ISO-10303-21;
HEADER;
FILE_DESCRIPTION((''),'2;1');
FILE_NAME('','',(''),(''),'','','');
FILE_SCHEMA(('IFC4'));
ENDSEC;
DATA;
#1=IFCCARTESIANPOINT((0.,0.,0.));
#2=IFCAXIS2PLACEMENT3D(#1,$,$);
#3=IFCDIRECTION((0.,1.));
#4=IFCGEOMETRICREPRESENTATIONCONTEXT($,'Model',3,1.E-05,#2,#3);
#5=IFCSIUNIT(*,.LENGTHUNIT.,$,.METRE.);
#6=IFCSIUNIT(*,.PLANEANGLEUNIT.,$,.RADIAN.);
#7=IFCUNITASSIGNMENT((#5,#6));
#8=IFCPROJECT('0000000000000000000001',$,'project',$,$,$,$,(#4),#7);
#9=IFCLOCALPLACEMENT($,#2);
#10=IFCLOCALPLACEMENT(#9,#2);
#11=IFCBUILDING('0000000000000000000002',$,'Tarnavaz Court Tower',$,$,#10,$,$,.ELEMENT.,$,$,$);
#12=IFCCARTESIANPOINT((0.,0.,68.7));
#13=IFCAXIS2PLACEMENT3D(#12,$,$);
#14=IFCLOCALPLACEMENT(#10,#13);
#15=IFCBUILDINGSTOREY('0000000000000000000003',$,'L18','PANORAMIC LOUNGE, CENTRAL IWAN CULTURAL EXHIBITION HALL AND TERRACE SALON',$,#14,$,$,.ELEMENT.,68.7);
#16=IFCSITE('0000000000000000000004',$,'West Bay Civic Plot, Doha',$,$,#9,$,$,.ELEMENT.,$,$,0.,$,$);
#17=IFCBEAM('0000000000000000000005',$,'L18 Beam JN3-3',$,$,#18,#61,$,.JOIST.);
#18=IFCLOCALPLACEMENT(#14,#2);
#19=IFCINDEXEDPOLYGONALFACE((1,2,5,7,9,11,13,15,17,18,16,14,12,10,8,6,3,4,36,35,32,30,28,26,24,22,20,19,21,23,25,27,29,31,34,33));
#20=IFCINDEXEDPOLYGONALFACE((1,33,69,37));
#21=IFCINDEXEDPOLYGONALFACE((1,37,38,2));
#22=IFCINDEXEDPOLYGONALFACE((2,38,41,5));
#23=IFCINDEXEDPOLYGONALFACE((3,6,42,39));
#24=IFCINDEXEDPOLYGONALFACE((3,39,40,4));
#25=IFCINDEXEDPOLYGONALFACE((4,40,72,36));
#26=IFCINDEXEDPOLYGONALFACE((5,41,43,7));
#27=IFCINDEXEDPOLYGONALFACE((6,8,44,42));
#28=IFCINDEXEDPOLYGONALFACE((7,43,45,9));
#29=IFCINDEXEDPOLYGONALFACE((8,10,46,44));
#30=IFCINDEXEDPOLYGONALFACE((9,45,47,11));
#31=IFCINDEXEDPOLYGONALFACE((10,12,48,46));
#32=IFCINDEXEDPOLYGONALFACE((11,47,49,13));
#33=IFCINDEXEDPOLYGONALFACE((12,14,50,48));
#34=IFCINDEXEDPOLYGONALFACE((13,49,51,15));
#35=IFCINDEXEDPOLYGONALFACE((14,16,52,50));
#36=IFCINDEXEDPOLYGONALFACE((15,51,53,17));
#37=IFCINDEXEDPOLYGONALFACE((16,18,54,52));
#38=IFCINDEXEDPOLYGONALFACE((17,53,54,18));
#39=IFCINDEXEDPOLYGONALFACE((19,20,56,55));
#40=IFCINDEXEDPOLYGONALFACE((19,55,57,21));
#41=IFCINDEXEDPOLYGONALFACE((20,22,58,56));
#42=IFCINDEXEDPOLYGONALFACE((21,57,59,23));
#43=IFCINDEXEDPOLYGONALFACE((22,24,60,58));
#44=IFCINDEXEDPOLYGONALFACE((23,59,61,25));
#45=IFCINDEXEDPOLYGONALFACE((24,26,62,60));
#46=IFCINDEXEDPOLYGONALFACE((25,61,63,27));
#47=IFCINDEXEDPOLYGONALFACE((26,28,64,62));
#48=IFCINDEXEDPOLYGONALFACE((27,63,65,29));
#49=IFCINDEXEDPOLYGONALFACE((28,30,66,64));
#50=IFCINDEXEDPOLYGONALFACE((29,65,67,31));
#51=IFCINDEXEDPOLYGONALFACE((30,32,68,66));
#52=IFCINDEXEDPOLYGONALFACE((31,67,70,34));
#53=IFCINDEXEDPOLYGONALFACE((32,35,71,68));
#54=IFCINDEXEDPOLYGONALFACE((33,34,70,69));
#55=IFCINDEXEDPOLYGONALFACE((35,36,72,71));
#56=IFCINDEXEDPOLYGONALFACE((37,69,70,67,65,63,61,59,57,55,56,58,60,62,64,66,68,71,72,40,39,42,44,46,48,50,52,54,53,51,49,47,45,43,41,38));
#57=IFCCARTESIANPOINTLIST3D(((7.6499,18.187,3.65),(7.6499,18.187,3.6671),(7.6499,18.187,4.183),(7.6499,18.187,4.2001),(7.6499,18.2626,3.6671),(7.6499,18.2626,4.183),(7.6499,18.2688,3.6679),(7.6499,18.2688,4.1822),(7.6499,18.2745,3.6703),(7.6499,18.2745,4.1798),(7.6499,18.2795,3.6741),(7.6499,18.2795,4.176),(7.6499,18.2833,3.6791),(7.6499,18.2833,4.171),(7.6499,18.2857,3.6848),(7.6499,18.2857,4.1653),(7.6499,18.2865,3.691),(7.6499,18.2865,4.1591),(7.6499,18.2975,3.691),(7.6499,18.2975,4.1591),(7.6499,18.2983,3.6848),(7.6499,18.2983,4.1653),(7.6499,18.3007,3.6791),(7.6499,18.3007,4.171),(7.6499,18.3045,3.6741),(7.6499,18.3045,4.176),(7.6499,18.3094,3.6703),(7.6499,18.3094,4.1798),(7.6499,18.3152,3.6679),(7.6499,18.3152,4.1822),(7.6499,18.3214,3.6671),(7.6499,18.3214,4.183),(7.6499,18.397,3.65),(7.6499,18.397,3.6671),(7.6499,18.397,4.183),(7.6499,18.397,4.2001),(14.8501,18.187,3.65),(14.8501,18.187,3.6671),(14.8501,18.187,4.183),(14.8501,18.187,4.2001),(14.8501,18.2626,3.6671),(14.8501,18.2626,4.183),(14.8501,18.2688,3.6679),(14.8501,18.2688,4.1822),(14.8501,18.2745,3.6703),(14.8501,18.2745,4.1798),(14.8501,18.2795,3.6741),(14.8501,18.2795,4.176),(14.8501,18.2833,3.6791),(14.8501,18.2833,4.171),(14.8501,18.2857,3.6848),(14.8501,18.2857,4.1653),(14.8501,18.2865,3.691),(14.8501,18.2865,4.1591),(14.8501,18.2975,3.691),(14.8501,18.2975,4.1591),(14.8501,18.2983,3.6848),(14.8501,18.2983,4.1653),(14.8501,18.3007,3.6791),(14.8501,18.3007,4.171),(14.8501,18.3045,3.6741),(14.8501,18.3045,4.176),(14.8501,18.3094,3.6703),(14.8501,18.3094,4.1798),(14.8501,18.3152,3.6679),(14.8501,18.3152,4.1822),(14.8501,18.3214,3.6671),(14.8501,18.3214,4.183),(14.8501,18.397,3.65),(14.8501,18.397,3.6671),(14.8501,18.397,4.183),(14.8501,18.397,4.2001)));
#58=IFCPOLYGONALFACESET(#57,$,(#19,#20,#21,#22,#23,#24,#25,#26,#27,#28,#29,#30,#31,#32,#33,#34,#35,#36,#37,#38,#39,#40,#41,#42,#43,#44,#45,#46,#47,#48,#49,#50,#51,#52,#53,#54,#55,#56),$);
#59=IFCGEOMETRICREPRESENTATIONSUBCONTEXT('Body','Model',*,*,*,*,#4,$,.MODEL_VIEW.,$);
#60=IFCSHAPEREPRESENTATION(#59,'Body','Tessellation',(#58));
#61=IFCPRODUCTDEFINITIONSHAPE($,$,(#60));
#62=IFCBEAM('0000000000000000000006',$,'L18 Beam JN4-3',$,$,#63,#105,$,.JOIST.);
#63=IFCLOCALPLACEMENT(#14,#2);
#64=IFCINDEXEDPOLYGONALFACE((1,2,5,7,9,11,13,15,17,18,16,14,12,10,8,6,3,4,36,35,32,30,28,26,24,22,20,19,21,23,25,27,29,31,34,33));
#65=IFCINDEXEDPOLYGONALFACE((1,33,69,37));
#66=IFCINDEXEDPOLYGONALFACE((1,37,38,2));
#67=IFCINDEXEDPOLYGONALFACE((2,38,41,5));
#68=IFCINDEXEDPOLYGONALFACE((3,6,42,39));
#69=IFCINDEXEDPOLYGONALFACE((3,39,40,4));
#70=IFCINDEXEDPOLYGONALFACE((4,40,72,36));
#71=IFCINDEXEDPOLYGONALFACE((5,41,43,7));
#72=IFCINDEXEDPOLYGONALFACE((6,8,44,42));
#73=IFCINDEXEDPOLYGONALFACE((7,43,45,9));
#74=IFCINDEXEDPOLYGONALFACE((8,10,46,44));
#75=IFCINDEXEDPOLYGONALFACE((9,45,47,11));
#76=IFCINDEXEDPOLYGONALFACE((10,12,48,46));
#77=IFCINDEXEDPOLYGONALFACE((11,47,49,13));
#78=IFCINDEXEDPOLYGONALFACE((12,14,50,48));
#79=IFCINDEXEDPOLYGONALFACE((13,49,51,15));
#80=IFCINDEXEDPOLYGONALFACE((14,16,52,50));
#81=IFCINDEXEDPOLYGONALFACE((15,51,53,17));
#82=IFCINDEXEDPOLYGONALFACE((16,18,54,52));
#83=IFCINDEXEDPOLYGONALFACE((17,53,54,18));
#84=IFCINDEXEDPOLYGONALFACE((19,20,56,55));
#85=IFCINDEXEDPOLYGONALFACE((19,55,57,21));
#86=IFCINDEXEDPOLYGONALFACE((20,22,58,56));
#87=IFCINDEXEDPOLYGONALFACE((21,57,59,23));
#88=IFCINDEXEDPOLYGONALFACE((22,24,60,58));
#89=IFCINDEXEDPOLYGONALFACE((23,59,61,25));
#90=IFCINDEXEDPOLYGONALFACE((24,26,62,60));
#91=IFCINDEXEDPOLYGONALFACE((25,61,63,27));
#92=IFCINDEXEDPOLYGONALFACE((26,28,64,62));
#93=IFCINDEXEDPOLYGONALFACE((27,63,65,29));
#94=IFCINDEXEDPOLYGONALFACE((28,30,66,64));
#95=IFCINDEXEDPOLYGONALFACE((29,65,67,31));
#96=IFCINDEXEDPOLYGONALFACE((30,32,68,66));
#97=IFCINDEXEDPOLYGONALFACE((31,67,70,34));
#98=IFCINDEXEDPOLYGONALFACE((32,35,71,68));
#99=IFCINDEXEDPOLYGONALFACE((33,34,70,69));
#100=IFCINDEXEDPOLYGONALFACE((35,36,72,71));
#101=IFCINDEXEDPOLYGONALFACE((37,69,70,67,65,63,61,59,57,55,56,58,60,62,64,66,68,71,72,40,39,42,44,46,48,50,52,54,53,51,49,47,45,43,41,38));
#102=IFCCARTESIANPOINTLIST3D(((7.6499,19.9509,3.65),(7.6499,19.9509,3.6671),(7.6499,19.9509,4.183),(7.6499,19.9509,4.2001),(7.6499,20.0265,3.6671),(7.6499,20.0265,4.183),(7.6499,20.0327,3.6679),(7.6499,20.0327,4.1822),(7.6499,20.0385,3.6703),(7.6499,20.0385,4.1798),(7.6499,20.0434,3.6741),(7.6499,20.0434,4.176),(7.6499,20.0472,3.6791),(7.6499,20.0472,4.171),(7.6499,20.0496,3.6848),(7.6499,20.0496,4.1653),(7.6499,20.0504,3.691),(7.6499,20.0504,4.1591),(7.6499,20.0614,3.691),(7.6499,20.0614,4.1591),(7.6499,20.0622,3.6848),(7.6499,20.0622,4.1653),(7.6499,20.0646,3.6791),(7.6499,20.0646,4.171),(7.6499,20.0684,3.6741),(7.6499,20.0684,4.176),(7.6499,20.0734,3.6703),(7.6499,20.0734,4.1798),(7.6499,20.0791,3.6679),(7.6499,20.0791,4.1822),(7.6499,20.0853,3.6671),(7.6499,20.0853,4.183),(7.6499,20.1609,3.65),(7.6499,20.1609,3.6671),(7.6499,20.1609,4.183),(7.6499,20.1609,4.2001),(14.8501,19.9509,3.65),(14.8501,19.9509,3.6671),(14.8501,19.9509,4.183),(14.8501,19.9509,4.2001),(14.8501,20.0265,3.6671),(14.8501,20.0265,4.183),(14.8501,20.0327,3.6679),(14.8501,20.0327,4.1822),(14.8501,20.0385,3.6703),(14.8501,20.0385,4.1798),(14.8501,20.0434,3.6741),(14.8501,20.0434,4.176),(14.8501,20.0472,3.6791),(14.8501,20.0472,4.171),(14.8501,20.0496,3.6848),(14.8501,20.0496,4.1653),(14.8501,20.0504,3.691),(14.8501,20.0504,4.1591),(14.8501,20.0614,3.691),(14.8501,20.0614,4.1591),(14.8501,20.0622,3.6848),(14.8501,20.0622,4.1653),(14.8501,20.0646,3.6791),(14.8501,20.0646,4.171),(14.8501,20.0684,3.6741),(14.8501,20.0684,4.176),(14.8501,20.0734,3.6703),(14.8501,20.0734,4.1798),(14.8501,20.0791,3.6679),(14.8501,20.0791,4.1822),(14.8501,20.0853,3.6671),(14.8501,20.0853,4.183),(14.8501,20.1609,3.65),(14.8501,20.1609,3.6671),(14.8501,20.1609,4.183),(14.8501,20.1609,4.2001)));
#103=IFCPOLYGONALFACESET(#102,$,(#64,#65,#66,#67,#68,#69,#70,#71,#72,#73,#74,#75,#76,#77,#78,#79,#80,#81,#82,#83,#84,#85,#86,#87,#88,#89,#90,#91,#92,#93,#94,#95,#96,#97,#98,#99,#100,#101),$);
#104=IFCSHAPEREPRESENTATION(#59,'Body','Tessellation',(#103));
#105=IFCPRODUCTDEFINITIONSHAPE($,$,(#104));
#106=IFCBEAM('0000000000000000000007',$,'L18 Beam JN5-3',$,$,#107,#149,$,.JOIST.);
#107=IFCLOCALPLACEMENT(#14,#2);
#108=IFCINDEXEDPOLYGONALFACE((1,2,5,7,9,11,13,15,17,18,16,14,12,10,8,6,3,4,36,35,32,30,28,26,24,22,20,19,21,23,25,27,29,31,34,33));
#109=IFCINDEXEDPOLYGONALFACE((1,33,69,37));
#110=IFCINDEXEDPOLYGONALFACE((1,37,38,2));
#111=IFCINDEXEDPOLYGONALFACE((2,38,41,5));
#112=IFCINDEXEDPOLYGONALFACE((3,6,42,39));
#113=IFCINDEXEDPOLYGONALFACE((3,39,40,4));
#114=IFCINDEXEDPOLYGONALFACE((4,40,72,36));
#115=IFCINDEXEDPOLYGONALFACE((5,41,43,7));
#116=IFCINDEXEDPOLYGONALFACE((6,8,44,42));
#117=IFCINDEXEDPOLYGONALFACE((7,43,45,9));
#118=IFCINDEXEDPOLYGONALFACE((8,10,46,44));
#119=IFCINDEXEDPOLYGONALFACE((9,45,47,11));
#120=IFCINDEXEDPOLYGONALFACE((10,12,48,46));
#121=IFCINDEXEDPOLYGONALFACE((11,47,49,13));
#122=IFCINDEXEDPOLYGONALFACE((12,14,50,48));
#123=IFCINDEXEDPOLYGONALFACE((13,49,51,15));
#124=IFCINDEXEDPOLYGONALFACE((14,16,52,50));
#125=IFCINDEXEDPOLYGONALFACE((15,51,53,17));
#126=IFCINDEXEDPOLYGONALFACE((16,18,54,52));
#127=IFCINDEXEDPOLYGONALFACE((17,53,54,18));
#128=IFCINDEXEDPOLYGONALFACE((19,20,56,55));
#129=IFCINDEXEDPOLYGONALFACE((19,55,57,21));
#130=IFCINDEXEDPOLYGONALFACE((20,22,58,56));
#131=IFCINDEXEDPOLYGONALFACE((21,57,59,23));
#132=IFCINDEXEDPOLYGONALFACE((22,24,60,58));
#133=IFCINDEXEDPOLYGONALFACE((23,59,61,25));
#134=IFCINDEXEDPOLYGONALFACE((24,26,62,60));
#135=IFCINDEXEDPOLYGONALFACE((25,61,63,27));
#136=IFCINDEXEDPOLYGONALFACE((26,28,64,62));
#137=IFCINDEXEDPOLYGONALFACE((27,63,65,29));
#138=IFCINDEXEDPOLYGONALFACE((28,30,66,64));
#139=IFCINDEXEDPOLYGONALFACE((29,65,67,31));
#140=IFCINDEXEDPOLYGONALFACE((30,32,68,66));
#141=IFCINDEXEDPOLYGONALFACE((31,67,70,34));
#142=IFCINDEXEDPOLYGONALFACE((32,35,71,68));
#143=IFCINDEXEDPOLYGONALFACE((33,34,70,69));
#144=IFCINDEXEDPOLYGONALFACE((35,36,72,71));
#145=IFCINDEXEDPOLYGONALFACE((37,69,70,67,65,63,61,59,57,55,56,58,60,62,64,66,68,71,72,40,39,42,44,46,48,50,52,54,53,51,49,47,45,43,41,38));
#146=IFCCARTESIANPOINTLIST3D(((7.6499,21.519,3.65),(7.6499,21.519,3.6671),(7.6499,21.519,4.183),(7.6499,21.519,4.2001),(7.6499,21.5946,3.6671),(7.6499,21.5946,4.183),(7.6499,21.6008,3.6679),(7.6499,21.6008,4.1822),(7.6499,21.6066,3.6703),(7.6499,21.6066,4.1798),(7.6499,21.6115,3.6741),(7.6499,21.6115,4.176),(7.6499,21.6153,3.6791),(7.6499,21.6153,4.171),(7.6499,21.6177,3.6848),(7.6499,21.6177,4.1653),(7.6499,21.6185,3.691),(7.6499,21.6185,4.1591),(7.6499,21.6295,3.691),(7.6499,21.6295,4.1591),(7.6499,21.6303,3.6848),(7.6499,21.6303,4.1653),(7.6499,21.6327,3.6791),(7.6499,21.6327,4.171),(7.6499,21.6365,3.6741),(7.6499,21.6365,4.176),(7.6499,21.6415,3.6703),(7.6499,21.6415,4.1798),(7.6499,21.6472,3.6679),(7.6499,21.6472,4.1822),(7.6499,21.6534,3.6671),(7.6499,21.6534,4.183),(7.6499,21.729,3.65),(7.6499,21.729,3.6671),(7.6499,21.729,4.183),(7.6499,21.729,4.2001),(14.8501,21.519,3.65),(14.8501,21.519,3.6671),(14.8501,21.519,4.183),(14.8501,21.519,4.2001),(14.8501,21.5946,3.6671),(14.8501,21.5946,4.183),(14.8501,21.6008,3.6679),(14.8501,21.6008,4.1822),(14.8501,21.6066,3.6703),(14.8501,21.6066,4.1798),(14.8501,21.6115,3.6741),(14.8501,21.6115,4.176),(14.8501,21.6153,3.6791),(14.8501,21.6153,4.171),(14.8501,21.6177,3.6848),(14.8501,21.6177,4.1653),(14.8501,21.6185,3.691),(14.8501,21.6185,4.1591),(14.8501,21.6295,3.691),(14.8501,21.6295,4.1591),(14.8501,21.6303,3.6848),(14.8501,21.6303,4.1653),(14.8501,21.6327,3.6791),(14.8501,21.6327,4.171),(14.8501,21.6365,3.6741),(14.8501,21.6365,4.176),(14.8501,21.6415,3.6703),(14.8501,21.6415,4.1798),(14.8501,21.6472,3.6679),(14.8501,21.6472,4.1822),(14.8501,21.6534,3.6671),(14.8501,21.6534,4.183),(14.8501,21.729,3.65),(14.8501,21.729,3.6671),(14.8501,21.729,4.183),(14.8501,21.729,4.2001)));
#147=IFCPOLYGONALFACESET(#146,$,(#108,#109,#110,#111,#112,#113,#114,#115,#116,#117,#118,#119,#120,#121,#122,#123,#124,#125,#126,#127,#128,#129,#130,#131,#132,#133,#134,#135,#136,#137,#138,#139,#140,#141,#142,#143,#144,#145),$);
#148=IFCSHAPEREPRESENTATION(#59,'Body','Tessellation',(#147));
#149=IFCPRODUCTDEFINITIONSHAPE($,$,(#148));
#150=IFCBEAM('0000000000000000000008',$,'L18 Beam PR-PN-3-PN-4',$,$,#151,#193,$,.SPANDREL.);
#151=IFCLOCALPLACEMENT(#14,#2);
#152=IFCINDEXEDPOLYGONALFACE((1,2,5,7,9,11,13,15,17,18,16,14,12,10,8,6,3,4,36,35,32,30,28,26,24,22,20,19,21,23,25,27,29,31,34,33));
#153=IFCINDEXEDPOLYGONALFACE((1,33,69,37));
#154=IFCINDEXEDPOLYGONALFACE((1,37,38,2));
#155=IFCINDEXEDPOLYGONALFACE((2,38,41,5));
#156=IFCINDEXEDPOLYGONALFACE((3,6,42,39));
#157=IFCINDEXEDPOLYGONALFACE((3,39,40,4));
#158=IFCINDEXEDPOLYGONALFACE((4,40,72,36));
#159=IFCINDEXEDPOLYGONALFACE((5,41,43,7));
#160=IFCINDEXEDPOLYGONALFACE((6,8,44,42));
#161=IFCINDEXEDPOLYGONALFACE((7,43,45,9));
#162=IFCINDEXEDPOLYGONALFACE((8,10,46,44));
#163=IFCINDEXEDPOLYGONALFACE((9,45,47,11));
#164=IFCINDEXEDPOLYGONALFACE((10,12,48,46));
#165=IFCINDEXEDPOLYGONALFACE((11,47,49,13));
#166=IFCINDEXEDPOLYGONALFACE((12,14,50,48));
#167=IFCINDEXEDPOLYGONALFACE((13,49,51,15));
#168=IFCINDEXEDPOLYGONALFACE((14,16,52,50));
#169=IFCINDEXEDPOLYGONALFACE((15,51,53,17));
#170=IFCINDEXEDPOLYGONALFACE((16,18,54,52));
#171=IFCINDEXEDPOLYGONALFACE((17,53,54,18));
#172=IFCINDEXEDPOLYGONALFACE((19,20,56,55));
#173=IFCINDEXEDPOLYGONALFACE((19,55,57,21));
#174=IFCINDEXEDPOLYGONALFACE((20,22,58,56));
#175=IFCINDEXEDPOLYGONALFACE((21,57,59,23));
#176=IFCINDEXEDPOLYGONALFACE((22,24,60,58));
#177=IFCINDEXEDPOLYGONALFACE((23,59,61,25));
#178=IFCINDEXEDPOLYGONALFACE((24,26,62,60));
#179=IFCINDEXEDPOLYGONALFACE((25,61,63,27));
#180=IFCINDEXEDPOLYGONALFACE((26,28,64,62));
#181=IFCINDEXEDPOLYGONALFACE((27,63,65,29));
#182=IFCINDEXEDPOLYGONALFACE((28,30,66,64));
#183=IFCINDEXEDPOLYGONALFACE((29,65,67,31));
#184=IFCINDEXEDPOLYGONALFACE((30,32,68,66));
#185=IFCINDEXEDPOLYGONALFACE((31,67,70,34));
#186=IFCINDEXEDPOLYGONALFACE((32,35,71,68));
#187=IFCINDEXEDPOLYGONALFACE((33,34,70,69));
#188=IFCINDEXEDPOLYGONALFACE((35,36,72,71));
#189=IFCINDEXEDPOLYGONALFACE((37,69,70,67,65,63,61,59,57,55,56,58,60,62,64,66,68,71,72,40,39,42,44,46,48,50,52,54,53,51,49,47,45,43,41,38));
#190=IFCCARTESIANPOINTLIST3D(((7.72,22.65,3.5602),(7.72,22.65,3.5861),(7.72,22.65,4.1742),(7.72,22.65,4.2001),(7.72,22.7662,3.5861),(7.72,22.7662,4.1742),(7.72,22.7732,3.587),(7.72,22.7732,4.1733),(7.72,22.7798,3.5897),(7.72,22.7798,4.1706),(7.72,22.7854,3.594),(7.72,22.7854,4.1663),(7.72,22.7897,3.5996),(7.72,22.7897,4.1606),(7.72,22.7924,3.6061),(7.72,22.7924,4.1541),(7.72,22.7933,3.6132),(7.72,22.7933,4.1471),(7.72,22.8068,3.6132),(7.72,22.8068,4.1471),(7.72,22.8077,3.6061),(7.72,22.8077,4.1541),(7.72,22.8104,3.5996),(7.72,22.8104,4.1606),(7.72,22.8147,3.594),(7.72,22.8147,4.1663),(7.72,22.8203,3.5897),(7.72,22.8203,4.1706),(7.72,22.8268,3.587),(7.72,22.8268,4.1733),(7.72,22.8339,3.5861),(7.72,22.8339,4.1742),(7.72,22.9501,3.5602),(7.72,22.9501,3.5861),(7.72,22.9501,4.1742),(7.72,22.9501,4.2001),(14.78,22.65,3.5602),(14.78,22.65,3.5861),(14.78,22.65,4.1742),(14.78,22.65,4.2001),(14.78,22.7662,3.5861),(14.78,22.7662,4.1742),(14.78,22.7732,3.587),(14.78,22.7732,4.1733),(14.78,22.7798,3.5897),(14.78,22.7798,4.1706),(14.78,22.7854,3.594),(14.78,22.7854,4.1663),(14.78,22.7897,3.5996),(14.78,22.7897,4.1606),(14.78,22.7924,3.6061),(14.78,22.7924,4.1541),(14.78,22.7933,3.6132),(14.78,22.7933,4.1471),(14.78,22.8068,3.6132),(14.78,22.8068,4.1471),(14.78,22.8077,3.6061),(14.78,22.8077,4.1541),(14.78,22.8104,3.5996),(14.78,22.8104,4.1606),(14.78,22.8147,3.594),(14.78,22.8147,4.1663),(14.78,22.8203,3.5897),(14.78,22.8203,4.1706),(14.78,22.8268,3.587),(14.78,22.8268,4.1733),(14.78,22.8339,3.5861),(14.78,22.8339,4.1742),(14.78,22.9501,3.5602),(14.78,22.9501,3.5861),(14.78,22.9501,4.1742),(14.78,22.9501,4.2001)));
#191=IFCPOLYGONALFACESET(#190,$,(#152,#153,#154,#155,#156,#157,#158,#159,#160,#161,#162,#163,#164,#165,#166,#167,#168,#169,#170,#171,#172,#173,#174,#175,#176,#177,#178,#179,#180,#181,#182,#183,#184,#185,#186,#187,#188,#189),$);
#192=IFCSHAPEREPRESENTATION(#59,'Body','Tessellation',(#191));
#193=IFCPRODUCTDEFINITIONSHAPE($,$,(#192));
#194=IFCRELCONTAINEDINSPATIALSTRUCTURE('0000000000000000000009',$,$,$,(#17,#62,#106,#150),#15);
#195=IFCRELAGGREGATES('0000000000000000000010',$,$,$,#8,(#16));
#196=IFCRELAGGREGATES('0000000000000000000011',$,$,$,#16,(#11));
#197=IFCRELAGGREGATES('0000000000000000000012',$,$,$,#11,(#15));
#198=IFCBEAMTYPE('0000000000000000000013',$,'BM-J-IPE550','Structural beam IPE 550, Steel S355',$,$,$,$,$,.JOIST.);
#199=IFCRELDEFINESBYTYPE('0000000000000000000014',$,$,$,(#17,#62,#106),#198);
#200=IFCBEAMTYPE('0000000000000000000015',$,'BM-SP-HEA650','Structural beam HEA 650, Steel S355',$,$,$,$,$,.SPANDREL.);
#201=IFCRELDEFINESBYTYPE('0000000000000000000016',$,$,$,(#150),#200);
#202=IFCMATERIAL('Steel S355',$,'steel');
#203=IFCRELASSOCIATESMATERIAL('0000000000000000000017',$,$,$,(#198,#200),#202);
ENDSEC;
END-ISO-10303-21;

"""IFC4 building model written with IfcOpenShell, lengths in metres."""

from ifc_helpers import new_model, si_unit, direction, frame, origin, origin_2d, place, context, subcontext, project, spatial, i_section, extrude, material, material_profile, profile_set, type_object, element, save


model = new_model("IFC4")

# Units and contexts
model_context = context("Model", 3, precision=1e-05, world=origin(), true_north=direction((0.0, 1.0)))
body_context = subcontext(model_context, "Body", "Model", "MODEL_VIEW")
ifc_project = project(units=[si_unit("LENGTHUNIT", "METRE"), si_unit("PLANEANGLEUNIT", "RADIAN")], contexts=[model_context])

# Site, building, storey
site_placement = place(None, origin())
site = spatial("IfcSite", under=ifc_project, at=site_placement, Name="West Bay Civic Plot, Doha", CompositionType="ELEMENT", RefElevation=0.0)
building_placement = place(site_placement, origin())
building = spatial("IfcBuilding", under=site, at=building_placement, Name="Tarnavaz Court Tower", CompositionType="ELEMENT")
storey_placement = place(building_placement, frame((0.0, 0.0, 68.7)))
storey = spatial("IfcBuildingStorey", under=building, at=storey_placement, Name="L18", Description="PANORAMIC LOUNGE, CENTRAL IWAN CULTURAL EXHIBITION HALL AND TERRACE SALON", CompositionType="ELEMENT", Elevation=68.7)

# Beams
ifc_material_1 = material(Name="Steel S355", Category="steel")
ifc_material_profile_1 = material_profile(ifc_material_1, i_section(OverallWidth=0.21, OverallDepth=0.55, WebThickness=0.011, FlangeThickness=0.0171, FilletRadius=0.0239, at=origin_2d()), Name="IPE 550")
ifc_profile_set_1 = profile_set([ifc_material_profile_1], Name="Steel S355")
beam_type_1 = type_object("IfcBeamType", Name="BM-J-IPE550", Description="Structural beam IPE 550, Steel S355", PredefinedType="JOIST", material=ifc_profile_set_1)
for number, where, z_axis, x_axis, name in (
    (1, (7.6499, 18.292, 3.925), (1.0, 0.0, 0.0), (0.0, 1.0, 0.0), "L18 Beam JN3-3"),
    (2, (7.6499, 20.0559, 3.925), (1.0, 0.0, 0.0), (0.0, 1.0, 0.0), "L18 Beam JN4-3"),
    (3, (7.6499, 21.624, 3.925), (1.0, 0.0, 0.0), (0.0, 1.0, 0.0), "L18 Beam JN5-3"),
):
    element("IfcBeam", number, at=place(storey_placement, frame(where, z_axis=z_axis, x_axis=x_axis)), inside=storey, type_object=beam_type_1, Name=name, PredefinedType="JOIST", context=body_context, shape_type="SweptSolid", body=[
        extrude(i_section(OverallWidth=0.21, OverallDepth=0.55, WebThickness=0.011, FlangeThickness=0.0171, FilletRadius=0.0239, at=origin_2d()), origin(), (0.0, 0.0, 1.0), 7.2002),
    ])
ifc_material_profile_2 = material_profile(ifc_material_1, i_section(OverallWidth=0.3, OverallDepth=0.6399, WebThickness=0.0134, FlangeThickness=0.0259, FilletRadius=0.0271, at=origin_2d()), Name="HEA 650")
ifc_profile_set_2 = profile_set([ifc_material_profile_2], Name="Steel S355")
beam_type_2 = type_object("IfcBeamType", Name="BM-SP-HEA650", Description="Structural beam HEA 650, Steel S355", PredefinedType="SPANDREL", material=ifc_profile_set_2)
beam_placement = place(storey_placement, frame((7.72, 22.8, 3.8801), z_axis=(1.0, 0.0, 0.0), x_axis=(0.0, 1.0, 0.0)))
element("IfcBeam", 4, at=beam_placement, inside=storey, type_object=beam_type_2, Name="L18 Beam PR-PN-3-PN-4", PredefinedType="SPANDREL", context=body_context, shape_type="SweptSolid", body=[
    extrude(i_section(OverallWidth=0.3, OverallDepth=0.6399, WebThickness=0.0134, FlangeThickness=0.0259, FilletRadius=0.0271, at=origin_2d()), origin(), (0.0, 0.0, 1.0), 7.0601),
])

save(model, "model.ifc")
